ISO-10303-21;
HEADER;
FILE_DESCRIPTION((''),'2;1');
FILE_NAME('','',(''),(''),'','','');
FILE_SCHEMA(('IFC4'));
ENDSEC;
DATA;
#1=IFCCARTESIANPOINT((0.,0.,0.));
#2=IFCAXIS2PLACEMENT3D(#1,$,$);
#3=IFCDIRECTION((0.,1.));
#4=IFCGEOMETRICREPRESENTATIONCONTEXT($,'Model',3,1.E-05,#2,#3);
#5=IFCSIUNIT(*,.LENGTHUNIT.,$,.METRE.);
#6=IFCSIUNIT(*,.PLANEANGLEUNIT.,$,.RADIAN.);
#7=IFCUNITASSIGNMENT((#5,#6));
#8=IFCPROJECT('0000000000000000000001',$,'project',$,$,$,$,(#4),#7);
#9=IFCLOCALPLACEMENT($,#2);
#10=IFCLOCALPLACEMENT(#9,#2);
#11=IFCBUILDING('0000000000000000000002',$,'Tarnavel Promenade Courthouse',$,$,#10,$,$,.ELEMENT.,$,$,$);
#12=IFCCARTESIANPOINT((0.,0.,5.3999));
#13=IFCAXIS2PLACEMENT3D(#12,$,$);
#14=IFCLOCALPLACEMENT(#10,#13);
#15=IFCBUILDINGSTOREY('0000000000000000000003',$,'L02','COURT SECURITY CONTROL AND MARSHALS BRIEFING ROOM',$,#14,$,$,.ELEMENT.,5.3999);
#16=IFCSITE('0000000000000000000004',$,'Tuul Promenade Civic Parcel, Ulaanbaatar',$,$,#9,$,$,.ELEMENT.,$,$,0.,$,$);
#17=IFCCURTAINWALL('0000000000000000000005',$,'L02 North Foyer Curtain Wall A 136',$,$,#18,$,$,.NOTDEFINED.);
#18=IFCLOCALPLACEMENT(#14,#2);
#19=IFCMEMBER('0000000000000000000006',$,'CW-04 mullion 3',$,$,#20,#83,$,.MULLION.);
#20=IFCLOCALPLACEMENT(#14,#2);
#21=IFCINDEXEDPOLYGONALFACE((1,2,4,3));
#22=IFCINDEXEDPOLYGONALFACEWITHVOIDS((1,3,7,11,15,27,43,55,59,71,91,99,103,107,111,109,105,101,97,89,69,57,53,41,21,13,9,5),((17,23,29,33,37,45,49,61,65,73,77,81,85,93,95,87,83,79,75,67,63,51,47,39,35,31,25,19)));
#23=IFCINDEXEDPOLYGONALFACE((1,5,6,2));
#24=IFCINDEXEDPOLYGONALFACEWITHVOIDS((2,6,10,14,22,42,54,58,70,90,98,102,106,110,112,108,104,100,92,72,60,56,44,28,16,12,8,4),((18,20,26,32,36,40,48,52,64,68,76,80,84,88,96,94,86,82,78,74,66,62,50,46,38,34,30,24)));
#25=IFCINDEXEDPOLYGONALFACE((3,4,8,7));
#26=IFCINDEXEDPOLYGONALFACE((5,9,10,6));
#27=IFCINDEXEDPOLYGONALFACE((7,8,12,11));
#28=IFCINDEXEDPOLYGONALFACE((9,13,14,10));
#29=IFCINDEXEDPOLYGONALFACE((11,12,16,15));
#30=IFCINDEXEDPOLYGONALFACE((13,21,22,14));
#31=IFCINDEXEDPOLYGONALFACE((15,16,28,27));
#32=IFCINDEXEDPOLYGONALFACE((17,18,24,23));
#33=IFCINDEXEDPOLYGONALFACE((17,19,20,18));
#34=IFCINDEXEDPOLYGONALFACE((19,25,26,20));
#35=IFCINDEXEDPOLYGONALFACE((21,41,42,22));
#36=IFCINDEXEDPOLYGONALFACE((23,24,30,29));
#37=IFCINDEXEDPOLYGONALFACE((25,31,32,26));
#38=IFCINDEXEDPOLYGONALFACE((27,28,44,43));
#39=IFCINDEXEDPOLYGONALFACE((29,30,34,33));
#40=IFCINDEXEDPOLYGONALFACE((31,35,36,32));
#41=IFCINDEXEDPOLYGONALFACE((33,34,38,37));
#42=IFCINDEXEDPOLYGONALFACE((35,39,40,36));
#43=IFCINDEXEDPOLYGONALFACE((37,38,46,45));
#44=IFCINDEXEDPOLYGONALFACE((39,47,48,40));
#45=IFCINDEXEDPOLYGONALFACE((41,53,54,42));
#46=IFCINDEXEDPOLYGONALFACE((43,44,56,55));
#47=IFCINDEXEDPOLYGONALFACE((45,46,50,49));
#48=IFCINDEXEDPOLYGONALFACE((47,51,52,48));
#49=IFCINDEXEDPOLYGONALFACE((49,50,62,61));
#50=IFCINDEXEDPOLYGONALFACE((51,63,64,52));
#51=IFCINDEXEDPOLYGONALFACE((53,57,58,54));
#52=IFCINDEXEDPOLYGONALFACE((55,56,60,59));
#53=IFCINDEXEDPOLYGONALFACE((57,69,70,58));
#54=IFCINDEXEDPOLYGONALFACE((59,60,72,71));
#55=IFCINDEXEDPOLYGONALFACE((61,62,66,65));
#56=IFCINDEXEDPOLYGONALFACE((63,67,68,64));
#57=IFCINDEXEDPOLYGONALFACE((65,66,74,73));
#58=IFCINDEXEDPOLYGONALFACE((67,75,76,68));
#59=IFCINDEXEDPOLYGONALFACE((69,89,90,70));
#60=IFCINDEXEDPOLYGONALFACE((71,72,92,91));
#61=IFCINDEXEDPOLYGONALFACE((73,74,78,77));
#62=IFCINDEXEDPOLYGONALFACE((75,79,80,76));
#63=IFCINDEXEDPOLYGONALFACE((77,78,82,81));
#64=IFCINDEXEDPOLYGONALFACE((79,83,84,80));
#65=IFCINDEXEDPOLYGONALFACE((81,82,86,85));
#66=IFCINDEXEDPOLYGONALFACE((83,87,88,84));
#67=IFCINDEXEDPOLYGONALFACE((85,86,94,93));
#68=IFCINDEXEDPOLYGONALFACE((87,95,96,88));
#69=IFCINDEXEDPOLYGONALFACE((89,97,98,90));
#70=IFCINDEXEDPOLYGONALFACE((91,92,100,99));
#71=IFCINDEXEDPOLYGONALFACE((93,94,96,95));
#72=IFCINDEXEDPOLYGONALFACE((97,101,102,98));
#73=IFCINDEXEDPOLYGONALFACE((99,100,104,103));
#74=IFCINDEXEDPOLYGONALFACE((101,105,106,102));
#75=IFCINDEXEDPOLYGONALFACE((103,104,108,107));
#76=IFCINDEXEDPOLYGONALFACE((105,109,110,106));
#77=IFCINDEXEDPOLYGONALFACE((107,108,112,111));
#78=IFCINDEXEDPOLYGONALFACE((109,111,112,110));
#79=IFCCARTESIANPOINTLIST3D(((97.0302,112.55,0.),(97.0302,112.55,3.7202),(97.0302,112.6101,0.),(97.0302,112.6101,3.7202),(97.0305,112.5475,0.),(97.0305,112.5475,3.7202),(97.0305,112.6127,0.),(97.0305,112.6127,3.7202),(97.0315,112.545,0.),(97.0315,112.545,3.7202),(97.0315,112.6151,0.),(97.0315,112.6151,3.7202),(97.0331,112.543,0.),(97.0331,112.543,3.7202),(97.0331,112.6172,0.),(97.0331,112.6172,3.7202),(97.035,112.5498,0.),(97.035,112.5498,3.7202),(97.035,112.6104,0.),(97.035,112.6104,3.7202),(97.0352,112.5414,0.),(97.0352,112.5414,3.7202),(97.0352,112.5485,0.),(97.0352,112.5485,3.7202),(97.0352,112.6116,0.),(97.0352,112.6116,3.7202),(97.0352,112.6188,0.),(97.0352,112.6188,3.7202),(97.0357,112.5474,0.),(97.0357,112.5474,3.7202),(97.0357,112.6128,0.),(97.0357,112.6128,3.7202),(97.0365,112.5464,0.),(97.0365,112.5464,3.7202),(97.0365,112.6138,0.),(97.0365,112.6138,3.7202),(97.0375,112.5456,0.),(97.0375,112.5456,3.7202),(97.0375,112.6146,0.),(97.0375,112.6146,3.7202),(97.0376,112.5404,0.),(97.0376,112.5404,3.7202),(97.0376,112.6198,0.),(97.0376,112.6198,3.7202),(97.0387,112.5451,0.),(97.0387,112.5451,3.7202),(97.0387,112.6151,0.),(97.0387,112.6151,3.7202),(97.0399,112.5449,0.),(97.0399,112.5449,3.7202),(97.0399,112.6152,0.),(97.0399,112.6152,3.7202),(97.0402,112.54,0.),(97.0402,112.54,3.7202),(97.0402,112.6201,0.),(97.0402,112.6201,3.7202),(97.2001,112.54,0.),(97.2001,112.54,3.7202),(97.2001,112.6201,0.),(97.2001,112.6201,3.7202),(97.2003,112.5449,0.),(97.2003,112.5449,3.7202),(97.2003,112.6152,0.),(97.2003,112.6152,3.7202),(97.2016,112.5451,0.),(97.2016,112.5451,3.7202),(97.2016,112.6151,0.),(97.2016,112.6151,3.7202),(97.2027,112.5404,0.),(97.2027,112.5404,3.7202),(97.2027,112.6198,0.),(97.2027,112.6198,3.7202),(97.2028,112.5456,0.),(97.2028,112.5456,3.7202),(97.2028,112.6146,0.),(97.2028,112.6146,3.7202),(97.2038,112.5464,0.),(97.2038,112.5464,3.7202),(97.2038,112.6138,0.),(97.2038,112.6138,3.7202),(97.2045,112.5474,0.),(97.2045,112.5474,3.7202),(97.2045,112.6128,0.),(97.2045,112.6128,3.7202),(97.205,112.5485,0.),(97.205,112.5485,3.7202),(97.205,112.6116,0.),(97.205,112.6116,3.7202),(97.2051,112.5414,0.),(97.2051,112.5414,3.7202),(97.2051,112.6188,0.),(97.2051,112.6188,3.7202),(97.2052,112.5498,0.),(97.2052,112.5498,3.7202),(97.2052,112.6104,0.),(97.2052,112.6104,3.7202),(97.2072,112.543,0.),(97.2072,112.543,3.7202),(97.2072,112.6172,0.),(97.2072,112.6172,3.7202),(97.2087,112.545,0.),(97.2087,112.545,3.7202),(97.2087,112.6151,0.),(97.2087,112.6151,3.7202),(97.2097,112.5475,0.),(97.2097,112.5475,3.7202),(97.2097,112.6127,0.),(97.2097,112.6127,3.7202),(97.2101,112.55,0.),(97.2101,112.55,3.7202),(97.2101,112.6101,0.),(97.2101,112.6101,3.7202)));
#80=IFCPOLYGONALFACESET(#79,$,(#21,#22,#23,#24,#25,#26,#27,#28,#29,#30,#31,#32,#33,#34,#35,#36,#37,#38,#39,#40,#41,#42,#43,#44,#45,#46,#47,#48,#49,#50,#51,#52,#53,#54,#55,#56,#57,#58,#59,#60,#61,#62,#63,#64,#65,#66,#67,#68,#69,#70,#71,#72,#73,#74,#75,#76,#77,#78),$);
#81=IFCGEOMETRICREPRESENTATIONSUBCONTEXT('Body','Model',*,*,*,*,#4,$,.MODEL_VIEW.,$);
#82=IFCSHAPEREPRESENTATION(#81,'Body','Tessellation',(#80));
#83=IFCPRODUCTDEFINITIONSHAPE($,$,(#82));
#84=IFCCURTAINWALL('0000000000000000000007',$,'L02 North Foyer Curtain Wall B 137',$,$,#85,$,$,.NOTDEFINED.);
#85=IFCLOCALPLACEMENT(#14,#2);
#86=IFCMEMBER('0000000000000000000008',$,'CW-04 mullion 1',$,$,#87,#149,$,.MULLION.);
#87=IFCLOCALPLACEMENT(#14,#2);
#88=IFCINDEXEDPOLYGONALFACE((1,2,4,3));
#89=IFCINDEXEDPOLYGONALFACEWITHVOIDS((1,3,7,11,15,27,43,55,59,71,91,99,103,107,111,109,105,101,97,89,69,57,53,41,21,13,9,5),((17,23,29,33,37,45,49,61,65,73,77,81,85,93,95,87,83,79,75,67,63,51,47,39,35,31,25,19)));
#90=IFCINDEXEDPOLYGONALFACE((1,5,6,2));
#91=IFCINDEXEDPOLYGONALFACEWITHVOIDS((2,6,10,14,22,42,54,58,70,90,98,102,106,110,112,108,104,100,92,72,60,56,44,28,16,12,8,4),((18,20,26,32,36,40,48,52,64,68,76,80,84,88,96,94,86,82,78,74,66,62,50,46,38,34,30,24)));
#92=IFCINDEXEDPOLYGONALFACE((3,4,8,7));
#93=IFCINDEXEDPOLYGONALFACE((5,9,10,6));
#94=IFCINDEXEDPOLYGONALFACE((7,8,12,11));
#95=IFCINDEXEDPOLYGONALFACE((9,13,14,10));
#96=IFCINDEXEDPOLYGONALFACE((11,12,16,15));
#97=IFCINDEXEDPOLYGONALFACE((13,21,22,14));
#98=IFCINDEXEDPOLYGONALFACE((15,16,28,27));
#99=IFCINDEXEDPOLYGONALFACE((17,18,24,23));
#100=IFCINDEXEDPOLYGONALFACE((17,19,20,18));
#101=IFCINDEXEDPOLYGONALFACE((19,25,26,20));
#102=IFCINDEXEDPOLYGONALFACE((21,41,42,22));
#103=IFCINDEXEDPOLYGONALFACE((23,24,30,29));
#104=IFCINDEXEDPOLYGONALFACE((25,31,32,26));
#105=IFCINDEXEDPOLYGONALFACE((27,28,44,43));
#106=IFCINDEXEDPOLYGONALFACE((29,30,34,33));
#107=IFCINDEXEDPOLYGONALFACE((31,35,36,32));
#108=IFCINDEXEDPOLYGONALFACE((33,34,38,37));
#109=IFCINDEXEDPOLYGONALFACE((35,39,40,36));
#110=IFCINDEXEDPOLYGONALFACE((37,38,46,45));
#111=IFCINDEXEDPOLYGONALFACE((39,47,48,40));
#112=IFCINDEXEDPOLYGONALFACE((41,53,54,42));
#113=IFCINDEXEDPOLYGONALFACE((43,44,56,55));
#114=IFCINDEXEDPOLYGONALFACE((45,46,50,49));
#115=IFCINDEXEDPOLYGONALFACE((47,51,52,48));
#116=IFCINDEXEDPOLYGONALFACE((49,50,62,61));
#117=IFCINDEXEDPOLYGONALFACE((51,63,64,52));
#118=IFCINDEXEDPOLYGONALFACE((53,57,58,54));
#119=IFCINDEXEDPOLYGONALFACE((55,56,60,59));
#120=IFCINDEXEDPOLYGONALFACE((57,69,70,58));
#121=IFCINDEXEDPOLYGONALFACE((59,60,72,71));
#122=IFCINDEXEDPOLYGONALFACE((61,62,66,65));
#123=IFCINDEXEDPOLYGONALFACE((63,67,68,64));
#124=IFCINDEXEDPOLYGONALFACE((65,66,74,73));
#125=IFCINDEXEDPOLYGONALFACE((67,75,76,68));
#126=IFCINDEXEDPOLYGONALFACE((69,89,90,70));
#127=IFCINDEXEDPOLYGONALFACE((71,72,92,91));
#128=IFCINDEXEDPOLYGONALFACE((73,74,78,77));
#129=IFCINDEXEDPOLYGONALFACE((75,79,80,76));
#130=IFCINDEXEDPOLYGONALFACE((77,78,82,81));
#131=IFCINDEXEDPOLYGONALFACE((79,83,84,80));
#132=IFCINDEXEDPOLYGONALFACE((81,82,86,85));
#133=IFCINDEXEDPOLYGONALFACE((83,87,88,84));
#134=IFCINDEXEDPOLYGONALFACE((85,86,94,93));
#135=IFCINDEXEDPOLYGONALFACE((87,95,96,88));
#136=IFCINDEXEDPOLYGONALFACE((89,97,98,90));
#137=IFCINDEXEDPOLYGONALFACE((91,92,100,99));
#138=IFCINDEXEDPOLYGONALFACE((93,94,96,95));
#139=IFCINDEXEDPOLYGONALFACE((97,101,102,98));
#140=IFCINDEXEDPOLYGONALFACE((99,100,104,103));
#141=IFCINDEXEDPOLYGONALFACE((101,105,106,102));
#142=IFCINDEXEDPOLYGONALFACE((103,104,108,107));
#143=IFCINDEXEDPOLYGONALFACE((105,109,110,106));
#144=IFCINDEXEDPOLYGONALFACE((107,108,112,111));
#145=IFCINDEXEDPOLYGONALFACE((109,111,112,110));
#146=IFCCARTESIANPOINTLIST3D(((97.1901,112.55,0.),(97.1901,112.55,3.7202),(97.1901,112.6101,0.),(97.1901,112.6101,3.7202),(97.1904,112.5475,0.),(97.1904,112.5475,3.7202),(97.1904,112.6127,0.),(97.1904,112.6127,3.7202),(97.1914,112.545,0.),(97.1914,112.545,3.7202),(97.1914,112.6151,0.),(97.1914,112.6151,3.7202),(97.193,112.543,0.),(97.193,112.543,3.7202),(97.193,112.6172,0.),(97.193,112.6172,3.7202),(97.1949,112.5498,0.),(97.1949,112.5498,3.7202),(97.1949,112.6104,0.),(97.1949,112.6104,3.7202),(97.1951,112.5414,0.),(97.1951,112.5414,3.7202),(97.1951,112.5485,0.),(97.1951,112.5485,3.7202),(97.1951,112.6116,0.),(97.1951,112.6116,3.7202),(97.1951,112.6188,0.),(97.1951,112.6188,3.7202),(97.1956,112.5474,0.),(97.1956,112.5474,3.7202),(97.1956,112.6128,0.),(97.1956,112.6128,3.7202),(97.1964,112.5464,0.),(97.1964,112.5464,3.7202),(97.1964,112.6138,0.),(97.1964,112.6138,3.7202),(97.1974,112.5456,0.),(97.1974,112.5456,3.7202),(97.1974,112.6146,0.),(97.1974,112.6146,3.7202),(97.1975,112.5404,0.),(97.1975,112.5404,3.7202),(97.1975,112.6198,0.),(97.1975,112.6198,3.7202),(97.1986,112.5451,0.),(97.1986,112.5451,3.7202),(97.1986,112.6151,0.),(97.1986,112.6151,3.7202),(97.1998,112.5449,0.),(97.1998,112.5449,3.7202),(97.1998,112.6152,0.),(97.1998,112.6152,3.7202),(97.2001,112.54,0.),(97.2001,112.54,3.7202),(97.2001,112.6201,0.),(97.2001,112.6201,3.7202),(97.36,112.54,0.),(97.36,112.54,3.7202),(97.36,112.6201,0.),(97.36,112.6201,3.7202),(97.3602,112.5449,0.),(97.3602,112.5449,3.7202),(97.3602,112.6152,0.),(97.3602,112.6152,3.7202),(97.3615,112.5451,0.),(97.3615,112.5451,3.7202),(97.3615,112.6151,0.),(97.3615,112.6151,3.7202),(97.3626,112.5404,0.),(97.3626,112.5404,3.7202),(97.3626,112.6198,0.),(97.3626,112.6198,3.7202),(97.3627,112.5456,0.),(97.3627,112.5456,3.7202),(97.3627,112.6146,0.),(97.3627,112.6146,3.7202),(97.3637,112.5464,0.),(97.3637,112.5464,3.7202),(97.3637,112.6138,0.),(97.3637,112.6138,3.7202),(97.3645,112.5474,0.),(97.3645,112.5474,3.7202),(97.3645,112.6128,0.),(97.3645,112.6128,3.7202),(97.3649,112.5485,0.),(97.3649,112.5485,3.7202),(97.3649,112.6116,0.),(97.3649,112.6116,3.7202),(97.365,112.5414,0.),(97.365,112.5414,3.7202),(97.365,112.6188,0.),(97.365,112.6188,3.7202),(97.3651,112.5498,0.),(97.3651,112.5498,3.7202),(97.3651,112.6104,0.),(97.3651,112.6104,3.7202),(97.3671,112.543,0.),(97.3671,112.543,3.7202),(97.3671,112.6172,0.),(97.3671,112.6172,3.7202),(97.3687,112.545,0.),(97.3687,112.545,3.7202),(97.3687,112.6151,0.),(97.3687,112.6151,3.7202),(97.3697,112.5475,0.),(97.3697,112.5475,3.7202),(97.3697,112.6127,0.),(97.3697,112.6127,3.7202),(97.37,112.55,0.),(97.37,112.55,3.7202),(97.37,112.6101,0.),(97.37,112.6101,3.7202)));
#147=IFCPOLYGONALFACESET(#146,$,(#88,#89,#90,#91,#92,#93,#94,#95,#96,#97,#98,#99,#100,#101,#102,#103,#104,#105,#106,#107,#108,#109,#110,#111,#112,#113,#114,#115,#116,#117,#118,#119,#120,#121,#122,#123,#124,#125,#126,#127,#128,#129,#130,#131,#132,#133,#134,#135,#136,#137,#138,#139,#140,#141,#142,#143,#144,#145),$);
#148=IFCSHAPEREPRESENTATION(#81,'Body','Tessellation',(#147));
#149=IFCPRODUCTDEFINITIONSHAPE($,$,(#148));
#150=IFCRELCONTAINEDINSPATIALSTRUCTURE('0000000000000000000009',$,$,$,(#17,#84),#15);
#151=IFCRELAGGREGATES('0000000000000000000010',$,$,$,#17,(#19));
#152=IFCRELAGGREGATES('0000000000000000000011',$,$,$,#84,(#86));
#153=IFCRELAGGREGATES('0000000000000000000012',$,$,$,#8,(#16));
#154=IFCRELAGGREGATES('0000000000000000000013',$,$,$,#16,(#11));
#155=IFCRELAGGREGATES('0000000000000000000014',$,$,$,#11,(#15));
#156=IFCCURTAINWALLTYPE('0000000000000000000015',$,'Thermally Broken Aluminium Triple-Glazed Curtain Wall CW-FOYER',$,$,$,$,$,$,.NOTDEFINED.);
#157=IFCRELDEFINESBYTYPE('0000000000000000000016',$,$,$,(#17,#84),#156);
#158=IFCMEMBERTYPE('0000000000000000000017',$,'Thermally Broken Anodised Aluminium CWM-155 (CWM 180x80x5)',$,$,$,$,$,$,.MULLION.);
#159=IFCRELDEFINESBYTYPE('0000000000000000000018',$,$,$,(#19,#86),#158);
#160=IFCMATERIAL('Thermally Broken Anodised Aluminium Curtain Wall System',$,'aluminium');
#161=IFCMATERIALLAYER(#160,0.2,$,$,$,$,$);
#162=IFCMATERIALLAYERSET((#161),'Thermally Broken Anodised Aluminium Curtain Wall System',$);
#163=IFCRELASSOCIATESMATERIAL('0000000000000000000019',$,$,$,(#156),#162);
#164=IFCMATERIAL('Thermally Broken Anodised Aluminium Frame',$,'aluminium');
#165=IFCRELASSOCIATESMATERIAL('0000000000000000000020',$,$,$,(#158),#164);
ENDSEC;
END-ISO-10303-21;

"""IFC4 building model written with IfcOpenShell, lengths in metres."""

from ifc_helpers import new_model, si_unit, direction, frame, origin, origin_2d, place, context, subcontext, project, spatial, hollow_rectangle, extrude, material, layer, layer_set, material_profile, profile_set, type_object, element, aggregate, save


model = new_model("IFC4")

# Units and contexts
model_context = context("Model", 3, precision=1e-05, world=origin(), true_north=direction((0.0, 1.0)))
body_context = subcontext(model_context, "Body", "Model", "MODEL_VIEW")
ifc_project = project(units=[si_unit("LENGTHUNIT", "METRE"), si_unit("PLANEANGLEUNIT", "RADIAN")], contexts=[model_context])

# Site, building, storey
site_placement = place(None, origin())
site = spatial("IfcSite", under=ifc_project, at=site_placement, Name="Tuul Promenade Civic Parcel, Ulaanbaatar", CompositionType="ELEMENT", RefElevation=0.0)
building_placement = place(site_placement, origin())
building = spatial("IfcBuilding", under=site, at=building_placement, Name="Tarnavel Promenade Courthouse", CompositionType="ELEMENT")
storey_placement = place(building_placement, frame((0.0, 0.0, 5.3999)))
storey = spatial("IfcBuildingStorey", under=building, at=storey_placement, Name="L02", Description="COURT SECURITY CONTROL AND MARSHALS BRIEFING ROOM", CompositionType="ELEMENT", Elevation=5.3999)

# Curtain wall, member
ifc_material_1 = material(Name="Thermally Broken Anodised Aluminium Curtain Wall System", Category="aluminium")
ifc_layer_1 = layer(ifc_material_1, 0.2)
ifc_layer_set_1 = layer_set([ifc_layer_1], Name="Thermally Broken Anodised Aluminium Curtain Wall System")
curtain_wall_type = type_object("IfcCurtainWallType", Name="Thermally Broken Aluminium Triple-Glazed Curtain Wall CW-FOYER", PredefinedType="NOTDEFINED", material=ifc_layer_set_1)
curtain_wall_1_placement = place(storey_placement, origin())
curtain_wall_1 = element("IfcCurtainWall", 1, at=curtain_wall_1_placement, inside=storey, type_object=curtain_wall_type, Name="L02 North Foyer Curtain Wall A 136", PredefinedType="NOTDEFINED")
ifc_material_2 = material(Name="Thermally Broken Anodised Aluminium Frame", Category="aluminium")
ifc_material_profile_1 = material_profile(ifc_material_2, hollow_rectangle(XDim=0.0801, YDim=0.1799, WallThickness=0.0049, InnerFilletRadius=0.0049, OuterFilletRadius=0.01, at=origin_2d()), Name="CWM 180x80x5")
ifc_profile_set_1 = profile_set([ifc_material_profile_1], Name="Thermally Broken Anodised Aluminium Frame")
member_type_1 = type_object("IfcMemberType", Name="Thermally Broken Anodised Aluminium CWM-155 (CWM 180x80x5)", PredefinedType="MULLION", material=ifc_profile_set_1)
member_1_placement = place(storey_placement, frame((97.1201, 112.5801, 0.0), z_axis=(0.0, 0.0, 1.0), x_axis=(0.0, 1.0, 0.0)))
member_1 = element("IfcMember", 2, at=member_1_placement, type_object=member_type_1, Name="CW-04 mullion 3", PredefinedType="MULLION", context=body_context, shape_type="SweptSolid", body=[
    extrude(hollow_rectangle(XDim=0.0801, YDim=0.1799, WallThickness=0.0049, InnerFilletRadius=0.0049, OuterFilletRadius=0.01, at=origin_2d()), origin(), (0.0, 0.0, 1.0), 3.7202),
])
aggregate(curtain_wall_1, [member_1])

# Curtain wall, member
curtain_wall_2_placement = place(storey_placement, origin())
curtain_wall_2 = element("IfcCurtainWall", 3, at=curtain_wall_2_placement, inside=storey, type_object=curtain_wall_type, Name="L02 North Foyer Curtain Wall B 137", PredefinedType="NOTDEFINED")
member_2_placement = place(storey_placement, frame((97.28, 112.5801, 0.0), z_axis=(0.0, 0.0, 1.0), x_axis=(0.0, 1.0, 0.0)))
member_2 = element("IfcMember", 4, at=member_2_placement, type_object=member_type_1, Name="CW-04 mullion 1", PredefinedType="MULLION", context=body_context, shape_type="SweptSolid", body=[
    extrude(hollow_rectangle(XDim=0.0801, YDim=0.1799, WallThickness=0.0049, InnerFilletRadius=0.0049, OuterFilletRadius=0.01, at=origin_2d()), origin(), (0.0, 0.0, 1.0), 3.7202),
])
aggregate(curtain_wall_2, [member_2])

save(model, "model.ifc")
